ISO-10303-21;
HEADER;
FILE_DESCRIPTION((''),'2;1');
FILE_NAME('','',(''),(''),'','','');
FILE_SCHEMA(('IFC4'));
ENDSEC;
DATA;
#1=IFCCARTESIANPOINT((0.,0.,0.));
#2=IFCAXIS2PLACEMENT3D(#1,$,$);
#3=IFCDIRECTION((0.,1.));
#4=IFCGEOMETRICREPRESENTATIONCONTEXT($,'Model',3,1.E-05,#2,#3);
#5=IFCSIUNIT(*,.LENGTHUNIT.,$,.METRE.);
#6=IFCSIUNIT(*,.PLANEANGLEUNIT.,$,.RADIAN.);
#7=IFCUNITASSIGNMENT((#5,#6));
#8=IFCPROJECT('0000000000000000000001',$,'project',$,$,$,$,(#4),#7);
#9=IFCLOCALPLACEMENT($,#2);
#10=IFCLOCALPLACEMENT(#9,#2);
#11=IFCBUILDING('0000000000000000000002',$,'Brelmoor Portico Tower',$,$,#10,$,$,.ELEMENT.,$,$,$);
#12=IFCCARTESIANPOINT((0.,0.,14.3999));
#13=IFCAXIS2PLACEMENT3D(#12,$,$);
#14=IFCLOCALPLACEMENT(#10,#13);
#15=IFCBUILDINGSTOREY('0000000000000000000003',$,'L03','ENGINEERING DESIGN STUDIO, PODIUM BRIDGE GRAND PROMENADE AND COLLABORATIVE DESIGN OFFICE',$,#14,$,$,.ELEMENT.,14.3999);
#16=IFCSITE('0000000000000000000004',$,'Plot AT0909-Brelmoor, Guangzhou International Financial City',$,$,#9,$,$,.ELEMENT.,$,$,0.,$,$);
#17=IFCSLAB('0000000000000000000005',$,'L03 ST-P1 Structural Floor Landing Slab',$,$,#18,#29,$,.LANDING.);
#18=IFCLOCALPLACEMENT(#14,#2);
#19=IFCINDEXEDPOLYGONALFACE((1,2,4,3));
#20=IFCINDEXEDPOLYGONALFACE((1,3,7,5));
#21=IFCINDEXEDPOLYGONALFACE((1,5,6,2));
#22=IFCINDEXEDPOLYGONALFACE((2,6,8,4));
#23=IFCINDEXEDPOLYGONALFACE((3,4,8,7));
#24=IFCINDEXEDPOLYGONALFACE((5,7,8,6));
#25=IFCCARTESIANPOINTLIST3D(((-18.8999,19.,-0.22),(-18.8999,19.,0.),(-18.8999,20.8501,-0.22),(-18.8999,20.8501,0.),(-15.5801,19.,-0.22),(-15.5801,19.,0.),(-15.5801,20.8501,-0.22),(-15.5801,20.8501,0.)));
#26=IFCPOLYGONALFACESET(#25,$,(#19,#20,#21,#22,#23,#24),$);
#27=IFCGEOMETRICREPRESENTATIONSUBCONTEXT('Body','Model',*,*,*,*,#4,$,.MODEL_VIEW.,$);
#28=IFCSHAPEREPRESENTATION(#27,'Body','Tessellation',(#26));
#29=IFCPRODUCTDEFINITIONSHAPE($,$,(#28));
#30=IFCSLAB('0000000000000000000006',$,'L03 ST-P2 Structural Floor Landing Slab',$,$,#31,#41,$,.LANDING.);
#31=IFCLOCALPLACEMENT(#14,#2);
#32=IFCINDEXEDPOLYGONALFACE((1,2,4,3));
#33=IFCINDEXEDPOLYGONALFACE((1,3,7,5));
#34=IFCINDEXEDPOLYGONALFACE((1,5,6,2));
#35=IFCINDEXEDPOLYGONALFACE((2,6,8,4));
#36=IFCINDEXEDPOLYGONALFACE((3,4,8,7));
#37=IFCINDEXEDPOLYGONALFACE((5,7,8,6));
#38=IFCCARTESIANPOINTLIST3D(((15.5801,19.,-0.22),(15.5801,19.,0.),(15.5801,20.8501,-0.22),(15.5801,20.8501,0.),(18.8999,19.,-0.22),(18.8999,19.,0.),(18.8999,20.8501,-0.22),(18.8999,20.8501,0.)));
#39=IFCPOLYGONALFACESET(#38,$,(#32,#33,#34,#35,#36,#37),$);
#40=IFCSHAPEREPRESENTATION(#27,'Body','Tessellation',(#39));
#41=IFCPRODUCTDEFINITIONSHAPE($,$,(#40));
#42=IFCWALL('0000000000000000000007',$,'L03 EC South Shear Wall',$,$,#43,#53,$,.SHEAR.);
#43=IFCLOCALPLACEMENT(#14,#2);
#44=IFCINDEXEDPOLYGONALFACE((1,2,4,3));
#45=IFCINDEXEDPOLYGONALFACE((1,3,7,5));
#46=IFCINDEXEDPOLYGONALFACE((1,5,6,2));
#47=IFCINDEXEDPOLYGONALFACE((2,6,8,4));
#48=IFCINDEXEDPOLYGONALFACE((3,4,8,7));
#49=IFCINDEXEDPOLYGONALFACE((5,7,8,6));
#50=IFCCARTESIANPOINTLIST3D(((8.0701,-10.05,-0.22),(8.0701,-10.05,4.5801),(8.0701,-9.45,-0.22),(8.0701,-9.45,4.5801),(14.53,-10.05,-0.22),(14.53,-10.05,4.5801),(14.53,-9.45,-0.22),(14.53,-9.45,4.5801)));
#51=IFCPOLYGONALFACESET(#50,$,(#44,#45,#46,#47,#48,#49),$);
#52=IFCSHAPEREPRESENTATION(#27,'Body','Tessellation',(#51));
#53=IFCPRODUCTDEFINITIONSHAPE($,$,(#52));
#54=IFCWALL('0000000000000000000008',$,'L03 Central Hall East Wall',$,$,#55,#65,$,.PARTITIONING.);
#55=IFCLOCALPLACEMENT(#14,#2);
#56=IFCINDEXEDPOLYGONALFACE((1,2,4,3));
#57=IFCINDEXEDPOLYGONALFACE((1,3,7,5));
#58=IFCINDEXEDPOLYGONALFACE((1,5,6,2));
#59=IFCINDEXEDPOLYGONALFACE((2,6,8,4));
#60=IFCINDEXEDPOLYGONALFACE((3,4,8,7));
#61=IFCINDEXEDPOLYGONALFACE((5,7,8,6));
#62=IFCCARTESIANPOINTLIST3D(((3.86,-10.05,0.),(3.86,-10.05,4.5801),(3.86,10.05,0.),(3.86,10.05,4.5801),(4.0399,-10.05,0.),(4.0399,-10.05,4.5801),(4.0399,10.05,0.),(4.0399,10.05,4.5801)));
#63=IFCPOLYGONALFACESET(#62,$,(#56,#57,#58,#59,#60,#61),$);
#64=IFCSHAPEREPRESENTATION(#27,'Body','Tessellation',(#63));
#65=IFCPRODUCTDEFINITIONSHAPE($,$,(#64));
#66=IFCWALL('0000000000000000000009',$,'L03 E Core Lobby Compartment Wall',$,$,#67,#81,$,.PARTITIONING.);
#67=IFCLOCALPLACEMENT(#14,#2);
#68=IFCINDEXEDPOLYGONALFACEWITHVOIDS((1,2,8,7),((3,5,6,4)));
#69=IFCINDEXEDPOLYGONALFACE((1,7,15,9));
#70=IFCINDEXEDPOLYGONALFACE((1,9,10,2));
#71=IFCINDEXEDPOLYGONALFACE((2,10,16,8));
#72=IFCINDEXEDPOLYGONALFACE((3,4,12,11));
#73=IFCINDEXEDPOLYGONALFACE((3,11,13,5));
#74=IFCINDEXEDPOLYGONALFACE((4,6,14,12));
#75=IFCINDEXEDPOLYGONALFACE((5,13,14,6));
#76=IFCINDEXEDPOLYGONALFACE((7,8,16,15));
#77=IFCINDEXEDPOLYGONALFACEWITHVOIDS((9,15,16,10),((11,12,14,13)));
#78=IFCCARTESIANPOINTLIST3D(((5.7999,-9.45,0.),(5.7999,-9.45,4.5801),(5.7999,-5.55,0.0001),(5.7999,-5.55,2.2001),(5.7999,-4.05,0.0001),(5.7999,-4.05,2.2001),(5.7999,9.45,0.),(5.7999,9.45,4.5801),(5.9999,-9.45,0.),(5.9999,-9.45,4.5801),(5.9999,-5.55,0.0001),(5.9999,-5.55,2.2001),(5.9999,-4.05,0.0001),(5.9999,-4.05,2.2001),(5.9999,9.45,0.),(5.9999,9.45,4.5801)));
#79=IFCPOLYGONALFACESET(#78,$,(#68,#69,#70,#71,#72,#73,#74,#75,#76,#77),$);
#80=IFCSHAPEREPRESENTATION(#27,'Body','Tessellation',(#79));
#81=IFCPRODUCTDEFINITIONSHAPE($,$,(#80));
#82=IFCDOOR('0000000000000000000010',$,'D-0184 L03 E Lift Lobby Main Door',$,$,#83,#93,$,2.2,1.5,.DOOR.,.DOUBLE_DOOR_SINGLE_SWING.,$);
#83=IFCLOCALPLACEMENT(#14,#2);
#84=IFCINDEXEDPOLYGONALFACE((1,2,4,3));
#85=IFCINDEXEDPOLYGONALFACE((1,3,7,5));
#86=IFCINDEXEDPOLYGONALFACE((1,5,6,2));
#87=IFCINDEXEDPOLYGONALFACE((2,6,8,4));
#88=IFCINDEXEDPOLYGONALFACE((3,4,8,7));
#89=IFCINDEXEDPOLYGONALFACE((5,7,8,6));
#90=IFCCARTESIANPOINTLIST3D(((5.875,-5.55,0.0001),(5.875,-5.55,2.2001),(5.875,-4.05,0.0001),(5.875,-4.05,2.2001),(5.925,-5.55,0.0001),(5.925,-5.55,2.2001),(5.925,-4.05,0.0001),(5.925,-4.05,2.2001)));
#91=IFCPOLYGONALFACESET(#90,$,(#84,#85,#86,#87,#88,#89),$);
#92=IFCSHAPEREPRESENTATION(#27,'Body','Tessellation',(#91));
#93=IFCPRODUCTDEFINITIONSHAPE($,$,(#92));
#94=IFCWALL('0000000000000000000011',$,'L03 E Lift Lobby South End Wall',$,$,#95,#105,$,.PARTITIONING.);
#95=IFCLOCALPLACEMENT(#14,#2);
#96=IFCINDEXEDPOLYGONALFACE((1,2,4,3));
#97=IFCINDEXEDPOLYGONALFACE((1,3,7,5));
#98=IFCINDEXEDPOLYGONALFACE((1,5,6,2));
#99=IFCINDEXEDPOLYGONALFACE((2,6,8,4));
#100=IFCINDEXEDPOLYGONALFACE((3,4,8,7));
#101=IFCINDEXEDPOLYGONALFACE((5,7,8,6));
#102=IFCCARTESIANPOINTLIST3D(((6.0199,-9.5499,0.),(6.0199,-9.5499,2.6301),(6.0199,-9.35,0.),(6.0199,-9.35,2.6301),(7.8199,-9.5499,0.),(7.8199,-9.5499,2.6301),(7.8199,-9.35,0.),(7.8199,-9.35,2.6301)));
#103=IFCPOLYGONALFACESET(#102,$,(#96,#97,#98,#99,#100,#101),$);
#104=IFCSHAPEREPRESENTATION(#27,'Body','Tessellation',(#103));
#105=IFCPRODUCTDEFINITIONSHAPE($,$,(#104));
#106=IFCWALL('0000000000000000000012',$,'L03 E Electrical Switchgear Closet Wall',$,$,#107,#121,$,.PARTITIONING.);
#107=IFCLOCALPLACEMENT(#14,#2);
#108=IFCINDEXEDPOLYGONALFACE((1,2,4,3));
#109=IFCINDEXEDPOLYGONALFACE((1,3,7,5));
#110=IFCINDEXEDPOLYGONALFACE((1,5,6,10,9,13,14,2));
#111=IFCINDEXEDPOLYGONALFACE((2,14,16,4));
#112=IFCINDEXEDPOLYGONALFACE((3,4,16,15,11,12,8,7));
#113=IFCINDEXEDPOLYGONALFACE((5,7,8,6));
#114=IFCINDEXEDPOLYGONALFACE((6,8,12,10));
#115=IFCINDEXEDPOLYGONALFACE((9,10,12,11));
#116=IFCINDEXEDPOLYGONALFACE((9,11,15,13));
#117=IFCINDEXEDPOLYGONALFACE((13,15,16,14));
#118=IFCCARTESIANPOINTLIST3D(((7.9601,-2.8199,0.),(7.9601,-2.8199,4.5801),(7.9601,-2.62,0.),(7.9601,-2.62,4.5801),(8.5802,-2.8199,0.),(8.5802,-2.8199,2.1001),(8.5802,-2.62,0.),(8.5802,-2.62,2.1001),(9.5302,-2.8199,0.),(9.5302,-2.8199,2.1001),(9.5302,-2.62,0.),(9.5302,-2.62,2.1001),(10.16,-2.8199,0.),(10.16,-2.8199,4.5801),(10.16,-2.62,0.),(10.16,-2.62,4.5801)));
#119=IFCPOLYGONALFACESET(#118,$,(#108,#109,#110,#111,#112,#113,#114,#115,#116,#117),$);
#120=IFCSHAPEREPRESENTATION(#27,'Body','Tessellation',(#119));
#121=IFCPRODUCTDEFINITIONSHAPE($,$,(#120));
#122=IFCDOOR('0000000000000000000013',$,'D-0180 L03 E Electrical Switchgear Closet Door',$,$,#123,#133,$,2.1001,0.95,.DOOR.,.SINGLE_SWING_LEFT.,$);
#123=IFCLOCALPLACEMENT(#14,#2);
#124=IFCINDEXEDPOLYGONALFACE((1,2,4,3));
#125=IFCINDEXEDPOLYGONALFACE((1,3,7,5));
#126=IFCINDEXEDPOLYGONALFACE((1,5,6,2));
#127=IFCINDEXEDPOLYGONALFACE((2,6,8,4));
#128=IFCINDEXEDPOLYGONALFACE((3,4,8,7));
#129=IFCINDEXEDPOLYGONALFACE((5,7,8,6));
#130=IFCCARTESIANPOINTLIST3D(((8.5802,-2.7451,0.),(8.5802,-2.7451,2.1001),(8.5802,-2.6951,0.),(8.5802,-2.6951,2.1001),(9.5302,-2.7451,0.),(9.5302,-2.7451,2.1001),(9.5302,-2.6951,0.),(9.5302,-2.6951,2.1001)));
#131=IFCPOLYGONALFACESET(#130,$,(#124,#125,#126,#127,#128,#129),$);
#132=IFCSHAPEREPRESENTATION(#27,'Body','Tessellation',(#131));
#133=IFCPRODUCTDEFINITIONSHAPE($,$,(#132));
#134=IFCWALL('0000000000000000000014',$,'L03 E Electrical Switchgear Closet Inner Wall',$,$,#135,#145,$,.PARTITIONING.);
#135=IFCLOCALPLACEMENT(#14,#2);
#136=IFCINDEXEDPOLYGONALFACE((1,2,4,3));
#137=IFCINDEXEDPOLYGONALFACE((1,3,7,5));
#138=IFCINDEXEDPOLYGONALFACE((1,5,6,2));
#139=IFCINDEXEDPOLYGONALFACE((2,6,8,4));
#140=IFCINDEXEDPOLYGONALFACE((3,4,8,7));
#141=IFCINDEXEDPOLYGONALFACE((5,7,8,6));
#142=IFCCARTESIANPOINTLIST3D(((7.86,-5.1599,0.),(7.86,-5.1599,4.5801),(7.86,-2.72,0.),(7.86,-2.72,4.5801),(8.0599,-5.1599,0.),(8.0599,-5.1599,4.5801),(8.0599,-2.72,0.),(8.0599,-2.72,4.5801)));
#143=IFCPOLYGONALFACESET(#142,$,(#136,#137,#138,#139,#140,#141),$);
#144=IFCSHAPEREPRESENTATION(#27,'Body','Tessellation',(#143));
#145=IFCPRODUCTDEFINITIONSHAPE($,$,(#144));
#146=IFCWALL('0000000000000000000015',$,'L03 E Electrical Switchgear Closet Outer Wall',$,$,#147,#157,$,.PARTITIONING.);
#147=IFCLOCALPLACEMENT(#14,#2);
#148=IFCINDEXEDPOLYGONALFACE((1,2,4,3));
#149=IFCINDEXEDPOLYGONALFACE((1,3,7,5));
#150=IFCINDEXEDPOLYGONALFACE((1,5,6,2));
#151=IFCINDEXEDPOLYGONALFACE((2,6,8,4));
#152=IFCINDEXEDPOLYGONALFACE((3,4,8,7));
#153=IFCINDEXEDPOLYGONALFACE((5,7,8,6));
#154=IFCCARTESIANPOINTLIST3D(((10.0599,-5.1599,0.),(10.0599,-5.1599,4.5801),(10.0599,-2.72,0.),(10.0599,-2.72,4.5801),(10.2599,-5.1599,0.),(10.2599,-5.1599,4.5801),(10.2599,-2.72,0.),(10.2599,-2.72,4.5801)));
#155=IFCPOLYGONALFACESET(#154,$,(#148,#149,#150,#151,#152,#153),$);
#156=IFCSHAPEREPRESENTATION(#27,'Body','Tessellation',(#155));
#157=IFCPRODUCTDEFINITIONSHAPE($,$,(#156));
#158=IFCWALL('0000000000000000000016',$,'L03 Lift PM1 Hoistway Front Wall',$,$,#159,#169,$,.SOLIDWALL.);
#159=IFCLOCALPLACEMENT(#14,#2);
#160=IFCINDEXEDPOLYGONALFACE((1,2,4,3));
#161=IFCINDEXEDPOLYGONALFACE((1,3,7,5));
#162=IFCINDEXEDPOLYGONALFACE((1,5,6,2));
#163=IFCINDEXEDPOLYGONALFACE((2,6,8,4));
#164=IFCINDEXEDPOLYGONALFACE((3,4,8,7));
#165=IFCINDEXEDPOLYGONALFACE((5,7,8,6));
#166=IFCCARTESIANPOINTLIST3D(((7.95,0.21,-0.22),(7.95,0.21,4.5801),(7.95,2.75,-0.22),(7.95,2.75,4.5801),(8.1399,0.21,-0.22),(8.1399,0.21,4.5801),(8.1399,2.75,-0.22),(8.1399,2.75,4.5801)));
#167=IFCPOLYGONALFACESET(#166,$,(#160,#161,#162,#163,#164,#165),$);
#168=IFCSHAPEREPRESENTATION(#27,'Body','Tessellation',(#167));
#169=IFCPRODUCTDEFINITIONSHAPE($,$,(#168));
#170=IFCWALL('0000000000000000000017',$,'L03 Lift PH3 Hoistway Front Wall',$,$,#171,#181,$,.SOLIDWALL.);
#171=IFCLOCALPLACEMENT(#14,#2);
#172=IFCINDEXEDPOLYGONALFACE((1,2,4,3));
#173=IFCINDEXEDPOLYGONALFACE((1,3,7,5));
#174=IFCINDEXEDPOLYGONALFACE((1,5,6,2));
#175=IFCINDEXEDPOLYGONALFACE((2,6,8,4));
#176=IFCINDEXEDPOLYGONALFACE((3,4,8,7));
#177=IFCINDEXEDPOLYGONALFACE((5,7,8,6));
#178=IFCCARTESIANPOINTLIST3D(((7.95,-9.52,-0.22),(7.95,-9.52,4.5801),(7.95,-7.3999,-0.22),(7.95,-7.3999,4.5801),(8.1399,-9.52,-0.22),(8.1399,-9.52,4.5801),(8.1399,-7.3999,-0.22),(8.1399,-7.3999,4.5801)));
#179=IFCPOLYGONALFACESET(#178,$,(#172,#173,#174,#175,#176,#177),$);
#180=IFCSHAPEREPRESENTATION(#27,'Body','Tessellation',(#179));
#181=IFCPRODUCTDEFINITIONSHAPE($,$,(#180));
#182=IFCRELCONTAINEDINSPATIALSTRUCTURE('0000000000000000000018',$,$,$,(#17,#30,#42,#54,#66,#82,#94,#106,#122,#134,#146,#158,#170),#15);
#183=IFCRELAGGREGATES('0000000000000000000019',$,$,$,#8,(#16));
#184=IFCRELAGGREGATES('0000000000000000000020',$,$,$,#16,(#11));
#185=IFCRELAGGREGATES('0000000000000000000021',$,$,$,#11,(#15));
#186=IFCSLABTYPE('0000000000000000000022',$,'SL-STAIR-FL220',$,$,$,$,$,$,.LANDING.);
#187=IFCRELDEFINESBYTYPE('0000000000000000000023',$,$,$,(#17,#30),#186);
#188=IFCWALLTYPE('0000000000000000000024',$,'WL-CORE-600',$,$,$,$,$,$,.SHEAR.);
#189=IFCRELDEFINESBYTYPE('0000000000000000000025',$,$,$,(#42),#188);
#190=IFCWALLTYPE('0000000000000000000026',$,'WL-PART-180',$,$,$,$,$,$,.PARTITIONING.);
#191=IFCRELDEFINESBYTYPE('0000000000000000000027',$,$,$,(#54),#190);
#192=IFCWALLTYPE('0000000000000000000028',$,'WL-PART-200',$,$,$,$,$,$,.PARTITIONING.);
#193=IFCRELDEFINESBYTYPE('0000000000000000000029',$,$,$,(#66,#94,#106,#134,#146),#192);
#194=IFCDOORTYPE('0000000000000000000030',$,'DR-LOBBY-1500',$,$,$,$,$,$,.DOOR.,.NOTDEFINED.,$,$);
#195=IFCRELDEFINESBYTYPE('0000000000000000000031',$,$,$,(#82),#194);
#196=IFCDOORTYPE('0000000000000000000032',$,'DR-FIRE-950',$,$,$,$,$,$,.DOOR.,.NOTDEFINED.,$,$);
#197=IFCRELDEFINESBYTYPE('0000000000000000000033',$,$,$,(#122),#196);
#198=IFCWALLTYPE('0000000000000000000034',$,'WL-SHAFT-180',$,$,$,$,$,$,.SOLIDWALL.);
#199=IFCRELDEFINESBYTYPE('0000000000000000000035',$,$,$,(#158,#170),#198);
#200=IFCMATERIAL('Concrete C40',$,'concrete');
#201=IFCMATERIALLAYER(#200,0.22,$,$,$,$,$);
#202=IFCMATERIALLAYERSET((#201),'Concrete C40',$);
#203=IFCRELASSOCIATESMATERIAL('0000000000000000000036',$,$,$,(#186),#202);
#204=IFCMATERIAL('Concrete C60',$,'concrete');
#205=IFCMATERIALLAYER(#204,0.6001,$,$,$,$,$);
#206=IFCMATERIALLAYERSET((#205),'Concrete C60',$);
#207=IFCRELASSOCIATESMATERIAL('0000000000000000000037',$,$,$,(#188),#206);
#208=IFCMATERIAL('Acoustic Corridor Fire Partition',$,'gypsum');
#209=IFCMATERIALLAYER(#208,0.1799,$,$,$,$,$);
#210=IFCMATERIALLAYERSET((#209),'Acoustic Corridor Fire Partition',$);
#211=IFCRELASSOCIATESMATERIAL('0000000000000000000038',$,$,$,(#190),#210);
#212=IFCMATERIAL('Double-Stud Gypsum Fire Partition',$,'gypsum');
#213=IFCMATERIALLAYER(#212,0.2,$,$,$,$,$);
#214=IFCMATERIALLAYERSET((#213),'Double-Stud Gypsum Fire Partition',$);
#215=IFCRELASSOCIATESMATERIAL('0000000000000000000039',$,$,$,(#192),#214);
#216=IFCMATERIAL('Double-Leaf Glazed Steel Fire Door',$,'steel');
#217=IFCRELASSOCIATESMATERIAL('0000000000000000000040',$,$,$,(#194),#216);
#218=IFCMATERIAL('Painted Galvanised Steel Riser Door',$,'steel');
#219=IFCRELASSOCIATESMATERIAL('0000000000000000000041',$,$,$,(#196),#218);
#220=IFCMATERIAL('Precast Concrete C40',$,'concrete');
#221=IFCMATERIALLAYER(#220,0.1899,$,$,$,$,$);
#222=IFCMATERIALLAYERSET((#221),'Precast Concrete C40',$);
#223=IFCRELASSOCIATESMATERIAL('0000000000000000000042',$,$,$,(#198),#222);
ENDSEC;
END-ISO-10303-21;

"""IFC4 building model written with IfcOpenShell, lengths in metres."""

from ifc_helpers import new_model, si_unit, direction, frame, frame_2d, origin, place, context, subcontext, project, spatial, polyline, rectangle, outline, extrude, material, layer, layer_set, type_object, element, fill, save


model = new_model("IFC4")

# Units and contexts
model_context = context("Model", 3, precision=1e-05, world=origin(), true_north=direction((0.0, 1.0)))
body_context = subcontext(model_context, "Body", "Model", "MODEL_VIEW")
ifc_project = project(units=[si_unit("LENGTHUNIT", "METRE"), si_unit("PLANEANGLEUNIT", "RADIAN")], contexts=[model_context])

# Site, building, storey
site_placement = place(None, origin())
site = spatial("IfcSite", under=ifc_project, at=site_placement, Name="Plot AT0909-Brelmoor, Guangzhou International Financial City", CompositionType="ELEMENT", RefElevation=0.0)
building_placement = place(site_placement, origin())
building = spatial("IfcBuilding", under=site, at=building_placement, Name="Brelmoor Portico Tower", CompositionType="ELEMENT")
storey_placement = place(building_placement, frame((0.0, 0.0, 14.3999)))
storey = spatial("IfcBuildingStorey", under=building, at=storey_placement, Name="L03", Description="ENGINEERING DESIGN STUDIO, PODIUM BRIDGE GRAND PROMENADE AND COLLABORATIVE DESIGN OFFICE", CompositionType="ELEMENT", Elevation=14.3999)

# Shared definitions
ifc_material_1 = material(Name="Concrete C40", Category="concrete")

# Slabs
ifc_layer_1 = layer(ifc_material_1, 0.22)
ifc_layer_set_1 = layer_set([ifc_layer_1], Name="Concrete C40")
slab_type_1 = type_object("IfcSlabType", Name="SL-STAIR-FL220", PredefinedType="LANDING", material=ifc_layer_set_1)
slab_1_placement = place(storey_placement, frame((0.0, 0.0, -0.22)))
element("IfcSlab", 1, at=slab_1_placement, inside=storey, type_object=slab_type_1, Name="L03 ST-P1 Structural Floor Landing Slab", PredefinedType="LANDING", context=body_context, shape_type="SweptSolid", body=[
    extrude(outline(polyline([(-15.5801, 19.0), (-15.5801, 20.8501), (-18.8999, 20.8501), (-18.8999, 19.0), (-15.5801, 19.0)])), origin(), (0.0, 0.0, 1.0), 0.22),
])
slab_2_placement = place(storey_placement, frame((0.0, 0.0, -0.22)))
element("IfcSlab", 2, at=slab_2_placement, inside=storey, type_object=slab_type_1, Name="L03 ST-P2 Structural Floor Landing Slab", PredefinedType="LANDING", context=body_context, shape_type="SweptSolid", body=[
    extrude(outline(polyline([(18.8999, 19.0), (18.8999, 20.8501), (15.5801, 20.8501), (15.5801, 19.0), (18.8999, 19.0)])), origin(), (0.0, 0.0, 1.0), 0.22),
])

# Walls
ifc_material_2 = material(Name="Concrete C60", Category="concrete")
ifc_layer_2 = layer(ifc_material_2, 0.6001)
ifc_layer_set_2 = layer_set([ifc_layer_2], Name="Concrete C60")
wall_type_1 = type_object("IfcWallType", Name="WL-CORE-600", PredefinedType="SHEAR", material=ifc_layer_set_2)
wall_1_placement = place(storey_placement, frame((8.0701, -9.75, -0.22), z_axis=(0.0, 0.0, 1.0), x_axis=(1.0, 0.0, 0.0)))
element("IfcWall", 3, at=wall_1_placement, inside=storey, type_object=wall_type_1, Name="L03 EC South Shear Wall", PredefinedType="SHEAR", context=body_context, shape_type="SweptSolid", body=[
    extrude(rectangle(XDim=6.46, YDim=0.6001, at=frame_2d((3.23, 0.0))), origin(), (0.0, 0.0, 1.0), 4.8),
])
ifc_material_3 = material(Name="Acoustic Corridor Fire Partition", Category="gypsum")
ifc_layer_3 = layer(ifc_material_3, 0.1799)
ifc_layer_set_3 = layer_set([ifc_layer_3], Name="Acoustic Corridor Fire Partition")
wall_type_2 = type_object("IfcWallType", Name="WL-PART-180", PredefinedType="PARTITIONING", material=ifc_layer_set_3)
wall_2_placement = place(storey_placement, frame((3.95, -10.05, 0.0), z_axis=(0.0, 0.0, 1.0), x_axis=(0.0, 1.0, 0.0)))
element("IfcWall", 4, at=wall_2_placement, inside=storey, type_object=wall_type_2, Name="L03 Central Hall East Wall", PredefinedType="PARTITIONING", context=body_context, shape_type="SweptSolid", body=[
    extrude(rectangle(XDim=20.1001, YDim=0.1799, at=frame_2d((10.05, 0.0))), origin(), (0.0, 0.0, 1.0), 4.5801),
])

# Wall, opening, door
ifc_material_4 = material(Name="Double-Stud Gypsum Fire Partition", Category="gypsum")
ifc_layer_4 = layer(ifc_material_4, 0.2)
ifc_layer_set_4 = layer_set([ifc_layer_4], Name="Double-Stud Gypsum Fire Partition")
wall_type_3 = type_object("IfcWallType", Name="WL-PART-200", PredefinedType="PARTITIONING", material=ifc_layer_set_4)
wall_3_placement = place(storey_placement, frame((5.8999, -9.45, 0.0), z_axis=(0.0, 0.0, 1.0), x_axis=(0.0, 1.0, 0.0)))
wall_3 = element("IfcWall", 5, at=wall_3_placement, inside=storey, type_object=wall_type_3, Name="L03 E Core Lobby Compartment Wall", PredefinedType="PARTITIONING", context=body_context, shape_type="SweptSolid", body=[
    extrude(rectangle(XDim=18.8999, YDim=0.2, at=frame_2d((9.45, 0.0))), origin(), (0.0, 0.0, 1.0), 4.5801),
])
opening_1_placement = place(wall_3_placement, frame((3.8999, 0.0, 0.0)))
opening_1 = element("IfcOpeningElement", 6, at=opening_1_placement, cuts=wall_3, PredefinedType="OPENING", context=body_context, shape_type="SweptSolid", body=[
    extrude(rectangle(XDim=1.5, YDim=2.2, at=frame_2d((0.75, 1.1001))), frame((0.0, 0.1099, 0.0), z_axis=(0.0, -1.0, 0.0), x_axis=(1.0, 0.0, 0.0)), (0.0, 0.0, 1.0), 0.22),
])
ifc_material_5 = material(Name="Double-Leaf Glazed Steel Fire Door", Category="steel")
door_type_1 = type_object("IfcDoorType", Name="DR-LOBBY-1500", OperationType="NOTDEFINED", PredefinedType="DOOR", material=ifc_material_5)
door_1_placement = place(opening_1_placement, origin())
door_1 = element("IfcDoor", 7, at=door_1_placement, inside=storey, type_object=door_type_1, Name="D-0184 L03 E Lift Lobby Main Door", OperationType="DOUBLE_DOOR_SINGLE_SWING", OverallHeight=2.2, OverallWidth=1.5, PredefinedType="DOOR", context=body_context, shape_type="SweptSolid", body=[
    extrude(rectangle(XDim=1.5, YDim=2.2, at=frame_2d((0.75, 1.1001))), frame((0.0, 0.0249, 0.0), z_axis=(0.0, -1.0, 0.0), x_axis=(1.0, 0.0, 0.0)), (0.0, 0.0, 1.0), 0.05),
])
fill(opening_1, door_1)

# Wall
wall_4_placement = place(storey_placement, frame((6.02, -9.45, 0.0), z_axis=(0.0, 0.0, 1.0), x_axis=(1.0, 0.0, 0.0)))
element("IfcWall", 8, at=wall_4_placement, inside=storey, type_object=wall_type_3, Name="L03 E Lift Lobby South End Wall", PredefinedType="PARTITIONING", context=body_context, shape_type="SweptSolid", body=[
    extrude(rectangle(XDim=1.8, YDim=0.2, at=frame_2d((0.8999, 0.0))), origin(), (0.0, 0.0, 1.0), 2.6301),
])

# Wall, opening, door
wall_5_placement = place(storey_placement, frame((7.96, -2.72, 0.0), z_axis=(0.0, 0.0, 1.0), x_axis=(1.0, 0.0, 0.0)))
wall_5 = element("IfcWall", 9, at=wall_5_placement, inside=storey, type_object=wall_type_3, Name="L03 E Electrical Switchgear Closet Wall", PredefinedType="PARTITIONING", context=body_context, shape_type="SweptSolid", body=[
    extrude(rectangle(XDim=2.2, YDim=0.2, at=frame_2d((1.1001, 0.0))), origin(), (0.0, 0.0, 1.0), 4.5801),
])
opening_2_placement = place(wall_5_placement, frame((0.6201, 0.0, 0.0)))
opening_2 = element("IfcOpeningElement", 10, at=opening_2_placement, cuts=wall_5, PredefinedType="OPENING", context=body_context, shape_type="SweptSolid", body=[
    extrude(rectangle(XDim=0.95, YDim=2.1001, at=frame_2d((0.4751, 1.05))), frame((0.0, 0.1099, 0.0), z_axis=(0.0, -1.0, 0.0), x_axis=(1.0, 0.0, 0.0)), (0.0, 0.0, 1.0), 0.22),
])
ifc_material_6 = material(Name="Painted Galvanised Steel Riser Door", Category="steel")
door_type_2 = type_object("IfcDoorType", Name="DR-FIRE-950", OperationType="NOTDEFINED", PredefinedType="DOOR", material=ifc_material_6)
door_2_placement = place(opening_2_placement, origin())
door_2 = element("IfcDoor", 11, at=door_2_placement, inside=storey, type_object=door_type_2, Name="D-0180 L03 E Electrical Switchgear Closet Door", OperationType="SINGLE_SWING_LEFT", OverallHeight=2.1001, OverallWidth=0.95, PredefinedType="DOOR", context=body_context, shape_type="SweptSolid", body=[
    extrude(rectangle(XDim=0.95, YDim=2.1001, at=frame_2d((0.4751, 1.05))), frame((0.0, 0.0249, 0.0), z_axis=(0.0, -1.0, 0.0), x_axis=(1.0, 0.0, 0.0)), (0.0, 0.0, 1.0), 0.05),
])
fill(opening_2, door_2)

# Walls
for number, where, z_axis, x_axis, name in (
    (12, (7.96, -5.1599, 0.0), (0.0, 0.0, 1.0), (0.0, 1.0, 0.0), "L03 E Electrical Switchgear Closet Inner Wall"),
    (13, (10.1599, -5.1599, 0.0), (0.0, 0.0, 1.0), (0.0, 1.0, 0.0), "L03 E Electrical Switchgear Closet Outer Wall"),
):
    element("IfcWall", number, at=place(storey_placement, frame(where, z_axis=z_axis, x_axis=x_axis)), inside=storey, type_object=wall_type_3, Name=name, PredefinedType="PARTITIONING", context=body_context, shape_type="SweptSolid", body=[
        extrude(rectangle(XDim=2.4399, YDim=0.2, at=frame_2d((1.22, 0.0))), origin(), (0.0, 0.0, 1.0), 4.5801),
    ])
ifc_material_7 = material(Name="Precast Concrete C40", Category="concrete")
ifc_layer_5 = layer(ifc_material_7, 0.1899)
ifc_layer_set_5 = layer_set([ifc_layer_5], Name="Precast Concrete C40")
wall_type_4 = type_object("IfcWallType", Name="WL-SHAFT-180", PredefinedType="SOLIDWALL", material=ifc_layer_set_5)
wall_6_placement = place(storey_placement, frame((8.0449, 0.21, -0.22), z_axis=(0.0, 0.0, 1.0), x_axis=(0.0, 1.0, 0.0)))
element("IfcWall", 14, at=wall_6_placement, inside=storey, type_object=wall_type_4, Name="L03 Lift PM1 Hoistway Front Wall", PredefinedType="SOLIDWALL", context=body_context, shape_type="SweptSolid", body=[
    extrude(rectangle(XDim=2.54, YDim=0.1899, at=frame_2d((1.27, 0.0))), origin(), (0.0, 0.0, 1.0), 4.8),
])
for number, where, z_axis, x_axis, name in (
    (15, (8.0449, -9.52, -0.22), (0.0, 0.0, 1.0), (0.0, 1.0, 0.0), "L03 Lift PH3 Hoistway Front Wall"),
):
    element("IfcWall", number, at=place(storey_placement, frame(where, z_axis=z_axis, x_axis=x_axis)), inside=storey, type_object=wall_type_4, Name=name, PredefinedType="SOLIDWALL", context=body_context, shape_type="SweptSolid", body=[
        extrude(rectangle(XDim=2.1201, YDim=0.1899, at=frame_2d((1.0601, 0.0))), origin(), (0.0, 0.0, 1.0), 4.8),
    ])

save(model, "model.ifc")
